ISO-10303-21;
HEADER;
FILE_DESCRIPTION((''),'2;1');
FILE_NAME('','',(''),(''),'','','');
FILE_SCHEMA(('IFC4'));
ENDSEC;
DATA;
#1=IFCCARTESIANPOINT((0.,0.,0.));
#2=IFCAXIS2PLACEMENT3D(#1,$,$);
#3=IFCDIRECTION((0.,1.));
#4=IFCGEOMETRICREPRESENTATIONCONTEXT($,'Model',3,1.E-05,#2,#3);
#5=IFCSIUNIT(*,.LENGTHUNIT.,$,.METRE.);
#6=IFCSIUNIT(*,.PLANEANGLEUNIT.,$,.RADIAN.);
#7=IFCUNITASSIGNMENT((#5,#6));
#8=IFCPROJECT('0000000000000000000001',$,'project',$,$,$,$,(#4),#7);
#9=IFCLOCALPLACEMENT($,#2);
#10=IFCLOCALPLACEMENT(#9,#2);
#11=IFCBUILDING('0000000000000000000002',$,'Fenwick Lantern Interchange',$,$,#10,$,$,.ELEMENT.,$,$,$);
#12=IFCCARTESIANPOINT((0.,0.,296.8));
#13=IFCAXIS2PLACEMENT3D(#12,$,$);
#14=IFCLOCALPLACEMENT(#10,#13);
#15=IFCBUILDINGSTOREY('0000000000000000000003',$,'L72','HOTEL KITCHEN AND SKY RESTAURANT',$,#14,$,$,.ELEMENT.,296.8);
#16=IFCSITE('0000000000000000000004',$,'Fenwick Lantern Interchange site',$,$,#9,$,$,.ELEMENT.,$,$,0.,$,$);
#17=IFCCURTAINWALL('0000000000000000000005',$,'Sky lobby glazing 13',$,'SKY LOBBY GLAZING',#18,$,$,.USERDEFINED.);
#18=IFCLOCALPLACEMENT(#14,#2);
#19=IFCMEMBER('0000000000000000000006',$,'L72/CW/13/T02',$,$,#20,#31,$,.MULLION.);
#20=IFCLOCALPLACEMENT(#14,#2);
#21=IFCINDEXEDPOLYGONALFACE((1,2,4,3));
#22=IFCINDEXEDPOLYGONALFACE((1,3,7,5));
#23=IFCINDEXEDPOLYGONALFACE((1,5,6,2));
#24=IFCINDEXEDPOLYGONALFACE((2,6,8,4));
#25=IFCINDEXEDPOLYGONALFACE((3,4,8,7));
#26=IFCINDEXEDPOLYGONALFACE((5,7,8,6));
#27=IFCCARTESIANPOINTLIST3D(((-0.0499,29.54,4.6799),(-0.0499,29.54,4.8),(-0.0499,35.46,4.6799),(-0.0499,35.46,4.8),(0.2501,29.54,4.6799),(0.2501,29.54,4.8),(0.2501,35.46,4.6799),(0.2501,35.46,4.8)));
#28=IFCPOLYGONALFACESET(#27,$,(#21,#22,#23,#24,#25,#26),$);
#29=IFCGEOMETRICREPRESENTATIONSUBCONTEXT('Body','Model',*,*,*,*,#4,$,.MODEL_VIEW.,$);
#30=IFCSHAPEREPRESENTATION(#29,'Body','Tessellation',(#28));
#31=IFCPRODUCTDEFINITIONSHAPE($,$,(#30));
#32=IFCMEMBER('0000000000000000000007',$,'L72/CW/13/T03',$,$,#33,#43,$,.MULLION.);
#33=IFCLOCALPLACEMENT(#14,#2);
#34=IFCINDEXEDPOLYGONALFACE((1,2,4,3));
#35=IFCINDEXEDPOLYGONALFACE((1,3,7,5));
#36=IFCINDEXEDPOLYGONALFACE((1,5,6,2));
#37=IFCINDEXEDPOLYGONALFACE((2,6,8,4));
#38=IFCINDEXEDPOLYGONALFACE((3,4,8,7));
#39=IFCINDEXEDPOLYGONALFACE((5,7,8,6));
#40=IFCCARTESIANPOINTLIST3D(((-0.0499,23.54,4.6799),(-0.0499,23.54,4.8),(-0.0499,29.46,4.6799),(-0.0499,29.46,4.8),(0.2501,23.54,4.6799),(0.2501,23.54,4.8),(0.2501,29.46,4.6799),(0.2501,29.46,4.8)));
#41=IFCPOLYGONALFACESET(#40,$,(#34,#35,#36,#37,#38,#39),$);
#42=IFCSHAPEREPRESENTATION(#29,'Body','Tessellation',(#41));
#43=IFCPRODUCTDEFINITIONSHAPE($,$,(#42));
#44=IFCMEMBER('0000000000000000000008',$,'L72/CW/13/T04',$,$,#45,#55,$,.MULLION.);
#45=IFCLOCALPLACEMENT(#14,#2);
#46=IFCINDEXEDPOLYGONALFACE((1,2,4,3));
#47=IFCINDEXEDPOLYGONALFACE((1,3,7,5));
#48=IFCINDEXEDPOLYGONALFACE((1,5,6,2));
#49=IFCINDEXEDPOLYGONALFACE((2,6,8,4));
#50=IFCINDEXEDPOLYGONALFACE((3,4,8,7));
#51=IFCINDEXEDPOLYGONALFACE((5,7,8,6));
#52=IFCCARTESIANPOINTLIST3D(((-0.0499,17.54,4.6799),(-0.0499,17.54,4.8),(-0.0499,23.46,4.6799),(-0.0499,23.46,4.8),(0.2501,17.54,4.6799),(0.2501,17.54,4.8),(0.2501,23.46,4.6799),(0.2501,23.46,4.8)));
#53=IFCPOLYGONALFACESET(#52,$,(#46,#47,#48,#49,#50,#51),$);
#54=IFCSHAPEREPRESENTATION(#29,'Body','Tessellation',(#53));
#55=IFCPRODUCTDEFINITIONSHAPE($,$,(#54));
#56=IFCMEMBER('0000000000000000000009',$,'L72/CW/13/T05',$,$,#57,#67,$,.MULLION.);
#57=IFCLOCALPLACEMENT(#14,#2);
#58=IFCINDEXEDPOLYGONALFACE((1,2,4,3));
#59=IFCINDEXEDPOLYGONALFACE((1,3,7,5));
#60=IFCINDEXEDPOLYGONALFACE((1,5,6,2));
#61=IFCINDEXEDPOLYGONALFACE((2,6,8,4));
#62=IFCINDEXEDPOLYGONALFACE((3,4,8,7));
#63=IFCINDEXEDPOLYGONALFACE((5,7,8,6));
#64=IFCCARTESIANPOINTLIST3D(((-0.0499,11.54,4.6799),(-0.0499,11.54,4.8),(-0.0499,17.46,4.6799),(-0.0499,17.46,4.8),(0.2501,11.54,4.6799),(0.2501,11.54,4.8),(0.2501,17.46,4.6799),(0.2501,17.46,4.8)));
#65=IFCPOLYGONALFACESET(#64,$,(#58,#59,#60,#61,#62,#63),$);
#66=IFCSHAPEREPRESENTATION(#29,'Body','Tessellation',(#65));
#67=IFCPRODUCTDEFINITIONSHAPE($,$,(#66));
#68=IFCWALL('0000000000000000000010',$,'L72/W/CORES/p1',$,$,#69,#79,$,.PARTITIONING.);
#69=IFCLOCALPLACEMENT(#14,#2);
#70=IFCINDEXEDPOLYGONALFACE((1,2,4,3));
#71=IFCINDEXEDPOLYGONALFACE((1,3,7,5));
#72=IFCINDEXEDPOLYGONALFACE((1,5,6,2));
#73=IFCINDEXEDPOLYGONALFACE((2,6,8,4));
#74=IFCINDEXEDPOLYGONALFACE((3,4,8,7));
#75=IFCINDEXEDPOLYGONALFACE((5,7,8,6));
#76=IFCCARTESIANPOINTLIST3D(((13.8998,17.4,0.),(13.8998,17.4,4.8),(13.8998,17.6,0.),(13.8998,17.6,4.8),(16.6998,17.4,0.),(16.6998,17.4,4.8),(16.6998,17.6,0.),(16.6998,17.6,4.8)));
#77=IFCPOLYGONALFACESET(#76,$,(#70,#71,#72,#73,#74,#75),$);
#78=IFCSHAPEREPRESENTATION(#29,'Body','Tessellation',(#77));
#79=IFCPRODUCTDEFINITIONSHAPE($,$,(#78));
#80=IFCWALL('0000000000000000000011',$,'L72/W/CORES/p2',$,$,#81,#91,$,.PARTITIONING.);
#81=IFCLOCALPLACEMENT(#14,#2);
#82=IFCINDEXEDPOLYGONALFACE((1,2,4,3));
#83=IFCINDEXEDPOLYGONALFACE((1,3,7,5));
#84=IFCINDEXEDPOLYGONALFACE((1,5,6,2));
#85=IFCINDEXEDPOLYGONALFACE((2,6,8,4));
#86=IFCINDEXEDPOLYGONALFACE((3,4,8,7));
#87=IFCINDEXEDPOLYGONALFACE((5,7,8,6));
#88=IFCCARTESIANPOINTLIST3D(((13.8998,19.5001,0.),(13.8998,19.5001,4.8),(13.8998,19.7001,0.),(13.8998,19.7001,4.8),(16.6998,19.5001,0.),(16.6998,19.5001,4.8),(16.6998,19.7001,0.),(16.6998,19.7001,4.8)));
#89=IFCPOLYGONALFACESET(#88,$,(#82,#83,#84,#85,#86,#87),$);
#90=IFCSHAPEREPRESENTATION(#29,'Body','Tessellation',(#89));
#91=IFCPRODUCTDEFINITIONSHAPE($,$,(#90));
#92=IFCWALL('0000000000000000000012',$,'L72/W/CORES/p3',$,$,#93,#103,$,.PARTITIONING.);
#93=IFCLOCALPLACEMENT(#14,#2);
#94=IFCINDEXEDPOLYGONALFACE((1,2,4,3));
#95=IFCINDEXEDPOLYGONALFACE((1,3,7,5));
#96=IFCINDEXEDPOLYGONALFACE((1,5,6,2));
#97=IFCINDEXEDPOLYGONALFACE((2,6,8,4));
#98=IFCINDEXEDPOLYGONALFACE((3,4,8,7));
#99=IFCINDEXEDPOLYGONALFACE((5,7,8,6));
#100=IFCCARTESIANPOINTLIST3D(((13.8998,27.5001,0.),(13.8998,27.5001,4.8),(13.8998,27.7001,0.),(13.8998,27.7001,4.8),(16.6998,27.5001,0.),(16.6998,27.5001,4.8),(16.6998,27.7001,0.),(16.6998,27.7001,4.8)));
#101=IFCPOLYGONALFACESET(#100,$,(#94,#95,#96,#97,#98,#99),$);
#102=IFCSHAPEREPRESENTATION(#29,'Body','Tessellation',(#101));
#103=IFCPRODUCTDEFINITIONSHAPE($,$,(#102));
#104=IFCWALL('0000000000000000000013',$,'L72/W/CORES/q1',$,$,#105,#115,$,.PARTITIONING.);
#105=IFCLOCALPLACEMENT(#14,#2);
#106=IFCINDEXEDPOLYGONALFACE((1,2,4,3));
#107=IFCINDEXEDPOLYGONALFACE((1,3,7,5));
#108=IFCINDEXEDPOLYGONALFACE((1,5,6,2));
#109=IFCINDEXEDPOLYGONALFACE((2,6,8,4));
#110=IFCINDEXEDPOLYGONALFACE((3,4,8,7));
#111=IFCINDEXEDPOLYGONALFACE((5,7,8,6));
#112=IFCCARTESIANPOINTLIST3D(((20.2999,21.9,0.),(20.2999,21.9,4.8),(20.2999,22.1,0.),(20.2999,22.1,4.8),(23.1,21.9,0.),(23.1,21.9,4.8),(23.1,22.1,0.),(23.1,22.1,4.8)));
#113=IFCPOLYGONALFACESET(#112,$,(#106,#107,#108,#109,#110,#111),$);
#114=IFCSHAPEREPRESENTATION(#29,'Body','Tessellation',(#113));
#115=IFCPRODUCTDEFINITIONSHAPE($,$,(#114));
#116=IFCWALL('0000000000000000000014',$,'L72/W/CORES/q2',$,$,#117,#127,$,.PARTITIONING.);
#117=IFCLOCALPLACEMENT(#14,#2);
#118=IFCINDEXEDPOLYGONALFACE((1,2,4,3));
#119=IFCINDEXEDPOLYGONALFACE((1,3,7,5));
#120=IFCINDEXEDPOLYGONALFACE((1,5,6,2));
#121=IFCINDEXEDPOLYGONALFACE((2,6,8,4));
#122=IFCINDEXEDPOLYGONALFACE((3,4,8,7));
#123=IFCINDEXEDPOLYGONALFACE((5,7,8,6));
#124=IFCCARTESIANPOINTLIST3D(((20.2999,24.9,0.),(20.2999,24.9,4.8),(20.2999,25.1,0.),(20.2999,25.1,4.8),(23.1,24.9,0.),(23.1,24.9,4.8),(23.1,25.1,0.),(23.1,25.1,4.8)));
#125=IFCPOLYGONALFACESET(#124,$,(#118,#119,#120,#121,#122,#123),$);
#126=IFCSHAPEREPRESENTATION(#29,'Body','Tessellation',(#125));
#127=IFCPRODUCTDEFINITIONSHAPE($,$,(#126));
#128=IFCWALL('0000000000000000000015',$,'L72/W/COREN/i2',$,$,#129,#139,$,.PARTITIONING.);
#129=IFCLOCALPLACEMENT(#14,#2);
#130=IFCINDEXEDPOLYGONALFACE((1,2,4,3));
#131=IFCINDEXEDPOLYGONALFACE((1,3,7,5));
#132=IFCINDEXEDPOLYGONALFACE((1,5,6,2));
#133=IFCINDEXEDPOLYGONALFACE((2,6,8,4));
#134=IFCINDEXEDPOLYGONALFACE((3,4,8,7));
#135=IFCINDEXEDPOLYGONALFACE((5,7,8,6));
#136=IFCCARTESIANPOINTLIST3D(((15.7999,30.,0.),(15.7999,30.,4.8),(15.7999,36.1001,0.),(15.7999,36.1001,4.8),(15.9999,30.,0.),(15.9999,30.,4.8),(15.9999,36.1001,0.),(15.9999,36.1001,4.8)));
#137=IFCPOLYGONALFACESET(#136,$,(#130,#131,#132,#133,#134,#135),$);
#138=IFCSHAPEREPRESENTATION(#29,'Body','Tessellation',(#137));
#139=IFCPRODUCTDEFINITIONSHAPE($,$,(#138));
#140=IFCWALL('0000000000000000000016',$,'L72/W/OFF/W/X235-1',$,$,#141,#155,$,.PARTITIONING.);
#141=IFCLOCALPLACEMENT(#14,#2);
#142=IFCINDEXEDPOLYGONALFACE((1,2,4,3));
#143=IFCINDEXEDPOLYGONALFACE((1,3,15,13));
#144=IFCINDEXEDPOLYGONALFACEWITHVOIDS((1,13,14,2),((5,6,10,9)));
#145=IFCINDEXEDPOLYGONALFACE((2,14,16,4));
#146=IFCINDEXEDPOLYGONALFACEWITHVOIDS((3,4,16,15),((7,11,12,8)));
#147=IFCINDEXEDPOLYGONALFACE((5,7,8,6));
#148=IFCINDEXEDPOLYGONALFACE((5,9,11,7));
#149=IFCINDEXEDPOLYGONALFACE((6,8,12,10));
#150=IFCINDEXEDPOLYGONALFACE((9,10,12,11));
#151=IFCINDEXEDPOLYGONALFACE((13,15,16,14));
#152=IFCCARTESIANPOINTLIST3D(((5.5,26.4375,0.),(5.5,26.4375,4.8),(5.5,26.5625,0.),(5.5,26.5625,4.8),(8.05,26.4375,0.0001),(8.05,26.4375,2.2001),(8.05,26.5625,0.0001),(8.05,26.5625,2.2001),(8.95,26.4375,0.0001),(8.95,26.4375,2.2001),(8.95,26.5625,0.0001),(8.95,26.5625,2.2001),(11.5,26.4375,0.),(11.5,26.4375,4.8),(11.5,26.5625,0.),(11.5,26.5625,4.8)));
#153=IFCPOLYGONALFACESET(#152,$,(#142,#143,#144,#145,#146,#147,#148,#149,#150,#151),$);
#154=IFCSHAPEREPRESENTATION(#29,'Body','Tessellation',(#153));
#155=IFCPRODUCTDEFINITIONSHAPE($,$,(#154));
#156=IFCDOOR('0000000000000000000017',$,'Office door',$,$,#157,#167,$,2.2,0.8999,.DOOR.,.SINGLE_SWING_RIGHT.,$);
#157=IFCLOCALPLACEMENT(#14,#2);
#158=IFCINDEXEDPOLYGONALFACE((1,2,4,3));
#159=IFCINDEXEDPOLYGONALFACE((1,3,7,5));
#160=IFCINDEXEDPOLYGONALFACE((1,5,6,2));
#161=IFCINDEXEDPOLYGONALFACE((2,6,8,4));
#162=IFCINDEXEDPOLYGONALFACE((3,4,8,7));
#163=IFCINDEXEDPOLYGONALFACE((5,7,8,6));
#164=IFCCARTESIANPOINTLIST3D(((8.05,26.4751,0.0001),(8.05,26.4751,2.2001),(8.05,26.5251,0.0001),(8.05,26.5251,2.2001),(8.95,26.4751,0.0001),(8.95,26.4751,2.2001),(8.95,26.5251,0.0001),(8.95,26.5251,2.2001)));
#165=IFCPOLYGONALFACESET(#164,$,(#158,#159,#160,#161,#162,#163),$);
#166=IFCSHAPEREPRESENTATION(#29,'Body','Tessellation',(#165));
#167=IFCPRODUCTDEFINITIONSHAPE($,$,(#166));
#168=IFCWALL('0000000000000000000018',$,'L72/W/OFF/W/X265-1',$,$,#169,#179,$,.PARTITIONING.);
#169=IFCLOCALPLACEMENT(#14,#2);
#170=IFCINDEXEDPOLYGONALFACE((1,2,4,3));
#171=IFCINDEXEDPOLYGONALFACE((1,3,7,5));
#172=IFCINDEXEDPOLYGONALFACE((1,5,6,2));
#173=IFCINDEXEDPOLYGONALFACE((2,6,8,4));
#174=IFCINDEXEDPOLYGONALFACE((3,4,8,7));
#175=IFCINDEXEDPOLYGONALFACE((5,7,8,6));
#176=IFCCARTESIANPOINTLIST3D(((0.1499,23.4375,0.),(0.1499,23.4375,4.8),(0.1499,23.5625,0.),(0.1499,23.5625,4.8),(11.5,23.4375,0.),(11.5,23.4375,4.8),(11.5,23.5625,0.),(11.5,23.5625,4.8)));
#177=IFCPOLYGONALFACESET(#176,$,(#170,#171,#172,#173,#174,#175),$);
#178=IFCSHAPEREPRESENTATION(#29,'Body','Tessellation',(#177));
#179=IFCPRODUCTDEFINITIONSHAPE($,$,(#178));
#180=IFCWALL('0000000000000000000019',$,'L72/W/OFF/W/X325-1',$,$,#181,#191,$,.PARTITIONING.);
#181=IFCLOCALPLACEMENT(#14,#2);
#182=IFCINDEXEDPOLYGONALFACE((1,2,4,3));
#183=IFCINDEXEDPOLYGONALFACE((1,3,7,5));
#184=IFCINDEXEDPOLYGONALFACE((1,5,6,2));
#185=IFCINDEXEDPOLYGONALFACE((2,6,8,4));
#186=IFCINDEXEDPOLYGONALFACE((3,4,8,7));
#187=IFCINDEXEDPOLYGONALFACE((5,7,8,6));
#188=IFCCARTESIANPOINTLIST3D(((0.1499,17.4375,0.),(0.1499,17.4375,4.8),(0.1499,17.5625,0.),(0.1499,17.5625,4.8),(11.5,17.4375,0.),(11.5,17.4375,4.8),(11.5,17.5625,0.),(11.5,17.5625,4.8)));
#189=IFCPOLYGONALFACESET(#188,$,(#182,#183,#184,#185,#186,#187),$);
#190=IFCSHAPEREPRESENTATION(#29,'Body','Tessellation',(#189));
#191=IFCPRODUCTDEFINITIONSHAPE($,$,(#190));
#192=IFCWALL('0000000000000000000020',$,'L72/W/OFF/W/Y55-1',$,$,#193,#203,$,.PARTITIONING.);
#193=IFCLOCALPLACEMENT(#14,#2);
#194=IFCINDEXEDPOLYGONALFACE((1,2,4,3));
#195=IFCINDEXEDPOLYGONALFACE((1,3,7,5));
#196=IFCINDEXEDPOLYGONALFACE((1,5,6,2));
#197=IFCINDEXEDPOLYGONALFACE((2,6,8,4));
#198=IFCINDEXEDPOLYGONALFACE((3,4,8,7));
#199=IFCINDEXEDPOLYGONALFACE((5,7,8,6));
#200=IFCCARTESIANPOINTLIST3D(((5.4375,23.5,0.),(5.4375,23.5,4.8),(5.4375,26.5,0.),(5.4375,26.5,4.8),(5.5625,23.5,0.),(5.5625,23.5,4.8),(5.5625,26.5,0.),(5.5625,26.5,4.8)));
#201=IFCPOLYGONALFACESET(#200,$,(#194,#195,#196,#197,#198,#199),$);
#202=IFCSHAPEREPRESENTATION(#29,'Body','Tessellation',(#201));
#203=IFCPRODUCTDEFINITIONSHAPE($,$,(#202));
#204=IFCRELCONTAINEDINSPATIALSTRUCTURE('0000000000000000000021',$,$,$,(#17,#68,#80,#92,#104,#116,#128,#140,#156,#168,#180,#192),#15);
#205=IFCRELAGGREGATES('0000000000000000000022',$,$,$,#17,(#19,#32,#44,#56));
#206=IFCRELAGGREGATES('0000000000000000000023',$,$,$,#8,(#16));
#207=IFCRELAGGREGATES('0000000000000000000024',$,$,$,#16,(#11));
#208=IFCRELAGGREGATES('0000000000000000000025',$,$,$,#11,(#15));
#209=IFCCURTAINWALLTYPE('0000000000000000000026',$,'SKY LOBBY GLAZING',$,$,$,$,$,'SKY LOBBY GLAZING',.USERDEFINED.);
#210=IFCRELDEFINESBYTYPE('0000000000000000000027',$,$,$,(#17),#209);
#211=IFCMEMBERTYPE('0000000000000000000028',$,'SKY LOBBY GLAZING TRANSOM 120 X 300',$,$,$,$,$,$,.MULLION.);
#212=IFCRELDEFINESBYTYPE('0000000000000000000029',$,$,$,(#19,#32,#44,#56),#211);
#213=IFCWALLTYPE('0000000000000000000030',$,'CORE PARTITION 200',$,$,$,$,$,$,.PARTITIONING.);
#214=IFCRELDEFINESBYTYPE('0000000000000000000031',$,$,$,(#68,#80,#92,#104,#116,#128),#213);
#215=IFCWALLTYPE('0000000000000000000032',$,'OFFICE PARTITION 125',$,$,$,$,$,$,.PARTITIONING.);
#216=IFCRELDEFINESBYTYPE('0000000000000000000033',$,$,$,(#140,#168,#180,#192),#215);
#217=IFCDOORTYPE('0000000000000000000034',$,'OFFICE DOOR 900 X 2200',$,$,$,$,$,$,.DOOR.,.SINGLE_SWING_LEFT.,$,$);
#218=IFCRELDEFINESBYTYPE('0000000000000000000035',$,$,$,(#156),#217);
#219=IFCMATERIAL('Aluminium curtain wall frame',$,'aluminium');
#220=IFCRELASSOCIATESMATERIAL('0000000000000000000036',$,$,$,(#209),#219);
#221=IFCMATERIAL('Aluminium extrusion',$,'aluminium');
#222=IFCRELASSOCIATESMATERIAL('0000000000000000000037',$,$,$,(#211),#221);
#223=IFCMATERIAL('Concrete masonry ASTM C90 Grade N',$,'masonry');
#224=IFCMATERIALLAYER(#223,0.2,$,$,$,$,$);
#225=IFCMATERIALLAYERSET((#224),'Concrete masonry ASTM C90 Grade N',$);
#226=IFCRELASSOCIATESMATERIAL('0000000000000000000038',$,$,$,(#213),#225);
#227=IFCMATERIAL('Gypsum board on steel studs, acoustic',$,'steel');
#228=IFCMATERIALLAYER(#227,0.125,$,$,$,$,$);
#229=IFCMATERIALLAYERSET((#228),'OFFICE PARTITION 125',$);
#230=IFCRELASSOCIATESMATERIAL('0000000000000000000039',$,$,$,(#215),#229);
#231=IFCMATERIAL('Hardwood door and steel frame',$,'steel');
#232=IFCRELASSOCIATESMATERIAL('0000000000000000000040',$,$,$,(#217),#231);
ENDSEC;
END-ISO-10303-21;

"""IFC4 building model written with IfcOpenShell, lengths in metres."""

from ifc_helpers import new_model, si_unit, direction, frame, frame_2d, origin, origin_2d, place, context, subcontext, project, spatial, rectangle, extrude, material, layer, layer_set, material_profile, profile_set, type_object, element, fill, aggregate, save


model = new_model("IFC4")

# Units and contexts
model_context = context("Model", 3, precision=1e-05, world=origin(), true_north=direction((0.0, 1.0)))
body_context = subcontext(model_context, "Body", "Model", "MODEL_VIEW")
ifc_project = project(units=[si_unit("LENGTHUNIT", "METRE"), si_unit("PLANEANGLEUNIT", "RADIAN")], contexts=[model_context])

# Site, building, storey
site_placement = place(None, origin())
site = spatial("IfcSite", under=ifc_project, at=site_placement, Name="Fenwick Lantern Interchange site", CompositionType="ELEMENT", RefElevation=0.0)
building_placement = place(site_placement, origin())
building = spatial("IfcBuilding", under=site, at=building_placement, Name="Fenwick Lantern Interchange", CompositionType="ELEMENT")
storey_placement = place(building_placement, frame((0.0, 0.0, 296.8)))
storey = spatial("IfcBuildingStorey", under=building, at=storey_placement, Name="L72", Description="HOTEL KITCHEN AND SKY RESTAURANT", CompositionType="ELEMENT", Elevation=296.8)

# Curtain wall, members
ifc_material_1 = material(Name="Aluminium curtain wall frame", Category="aluminium")
curtain_wall_type = type_object("IfcCurtainWallType", Name="SKY LOBBY GLAZING", ElementType="SKY LOBBY GLAZING", PredefinedType="USERDEFINED", material=ifc_material_1)
curtain_wall_placement = place(storey_placement, origin())
curtain_wall = element("IfcCurtainWall", 1, at=curtain_wall_placement, inside=storey, type_object=curtain_wall_type, Name="Sky lobby glazing 13", ObjectType="SKY LOBBY GLAZING", PredefinedType="USERDEFINED")
ifc_material_2 = material(Name="Aluminium extrusion", Category="aluminium")
ifc_material_profile_1 = material_profile(ifc_material_2, rectangle(XDim=0.3, YDim=0.1201, at=origin_2d()), Name="SKY LOBBY GLAZING TRANSOM 120 X 300")
ifc_profile_set_1 = profile_set([ifc_material_profile_1], Name="Aluminium extrusion")
member_type_1 = type_object("IfcMemberType", Name="SKY LOBBY GLAZING TRANSOM 120 X 300", PredefinedType="MULLION", material=ifc_profile_set_1)
member_1_placement = place(storey_placement, frame((0.1001, 35.46, 4.74), z_axis=(0.0, -1.0, 0.0), x_axis=(1.0, 0.0, 0.0)))
member_1 = element("IfcMember", 2, at=member_1_placement, type_object=member_type_1, Name="L72/CW/13/T02", PredefinedType="MULLION", context=body_context, shape_type="SweptSolid", body=[
    extrude(rectangle(XDim=0.3, YDim=0.1201, at=origin_2d()), origin(), (0.0, 0.0, 1.0), 5.9199),
])
member_2_placement = place(storey_placement, frame((0.1001, 29.46, 4.74), z_axis=(0.0, -1.0, 0.0), x_axis=(1.0, 0.0, 0.0)))
member_2 = element("IfcMember", 3, at=member_2_placement, type_object=member_type_1, Name="L72/CW/13/T03", PredefinedType="MULLION", context=body_context, shape_type="SweptSolid", body=[
    extrude(rectangle(XDim=0.3, YDim=0.1201, at=origin_2d()), origin(), (0.0, 0.0, 1.0), 5.9199),
])
member_3_placement = place(storey_placement, frame((0.1001, 23.46, 4.74), z_axis=(0.0, -1.0, 0.0), x_axis=(1.0, 0.0, 0.0)))
member_3 = element("IfcMember", 4, at=member_3_placement, type_object=member_type_1, Name="L72/CW/13/T04", PredefinedType="MULLION", context=body_context, shape_type="SweptSolid", body=[
    extrude(rectangle(XDim=0.3, YDim=0.1201, at=origin_2d()), origin(), (0.0, 0.0, 1.0), 5.9199),
])
member_4_placement = place(storey_placement, frame((0.1001, 17.46, 4.74), z_axis=(0.0, -1.0, 0.0), x_axis=(1.0, 0.0, 0.0)))
member_4 = element("IfcMember", 5, at=member_4_placement, type_object=member_type_1, Name="L72/CW/13/T05", PredefinedType="MULLION", context=body_context, shape_type="SweptSolid", body=[
    extrude(rectangle(XDim=0.3, YDim=0.1201, at=origin_2d()), origin(), (0.0, 0.0, 1.0), 5.9199),
])
aggregate(curtain_wall, [member_1, member_2, member_3, member_4])

# Walls
ifc_material_3 = material(Name="Concrete masonry ASTM C90 Grade N", Category="masonry")
ifc_layer_1 = layer(ifc_material_3, 0.2)
ifc_layer_set_1 = layer_set([ifc_layer_1], Name="Concrete masonry ASTM C90 Grade N")
wall_type_1 = type_object("IfcWallType", Name="CORE PARTITION 200", PredefinedType="PARTITIONING", material=ifc_layer_set_1)
for number, where, z_axis, x_axis, name in (
    (6, (13.8999, 17.5, 0.0), (0.0, 0.0, 1.0), (1.0, 0.0, 0.0), "L72/W/CORES/p1"),
    (7, (13.8999, 19.6001, 0.0), (0.0, 0.0, 1.0), (1.0, 0.0, 0.0), "L72/W/CORES/p2"),
    (8, (13.8999, 27.6001, 0.0), (0.0, 0.0, 1.0), (1.0, 0.0, 0.0), "L72/W/CORES/p3"),
    (9, (20.3, 22.0, 0.0), (0.0, 0.0, 1.0), (1.0, 0.0, 0.0), "L72/W/CORES/q1"),
    (10, (20.3, 25.0, 0.0), (0.0, 0.0, 1.0), (1.0, 0.0, 0.0), "L72/W/CORES/q2"),
):
    element("IfcWall", number, at=place(storey_placement, frame(where, z_axis=z_axis, x_axis=x_axis)), inside=storey, type_object=wall_type_1, Name=name, PredefinedType="PARTITIONING", context=body_context, shape_type="SweptSolid", body=[
        extrude(rectangle(XDim=2.8, YDim=0.2, at=frame_2d((1.3999, 0.0))), origin(), (0.0, 0.0, 1.0), 4.8),
    ])
wall_1_placement = place(storey_placement, frame((15.8999, 36.1001, 0.0), z_axis=(0.0, 0.0, 1.0), x_axis=(0.0, -1.0, 0.0)))
element("IfcWall", 11, at=wall_1_placement, inside=storey, type_object=wall_type_1, Name="L72/W/COREN/i2", PredefinedType="PARTITIONING", context=body_context, shape_type="SweptSolid", body=[
    extrude(rectangle(XDim=6.1001, YDim=0.2, at=frame_2d((3.05, 0.0))), origin(), (0.0, 0.0, 1.0), 4.8),
])

# Shared definitions
ifc_material_4 = material(Name="Hardwood door and steel frame", Category="steel")

# Wall, opening, door
ifc_material_5 = material(Name="Gypsum board on steel studs, acoustic", Category="steel")
ifc_layer_2 = layer(ifc_material_5, 0.125)
ifc_layer_set_2 = layer_set([ifc_layer_2], Name="OFFICE PARTITION 125")
wall_type_2 = type_object("IfcWallType", Name="OFFICE PARTITION 125", PredefinedType="PARTITIONING", material=ifc_layer_set_2)
wall_2_placement = place(storey_placement, frame((5.5, 26.5, 0.0), z_axis=(0.0, 0.0, 1.0), x_axis=(1.0, 0.0, 0.0)))
wall_2 = element("IfcWall", 12, at=wall_2_placement, inside=storey, type_object=wall_type_2, Name="L72/W/OFF/W/X235-1", PredefinedType="PARTITIONING", context=body_context, shape_type="SweptSolid", body=[
    extrude(rectangle(XDim=6.0, YDim=0.125, at=frame_2d((3.0, 0.0))), origin(), (0.0, 0.0, 1.0), 4.8),
])
opening_1_placement = place(wall_2_placement, frame((2.55, 0.0, 0.0)))
opening_1 = element("IfcOpeningElement", 13, at=opening_1_placement, cuts=wall_2, PredefinedType="OPENING", context=body_context, shape_type="SweptSolid", body=[
    extrude(rectangle(XDim=0.8999, YDim=2.2, at=frame_2d((0.45, 1.1001))), frame((0.0, 0.0725, 0.0), z_axis=(0.0, -1.0, 0.0), x_axis=(1.0, 0.0, 0.0)), (0.0, 0.0, 1.0), 0.145),
])
door_type_1 = type_object("IfcDoorType", Name="OFFICE DOOR 900 X 2200", OperationType="SINGLE_SWING_LEFT", PredefinedType="DOOR", material=ifc_material_4)
door_1_placement = place(opening_1_placement, frame((0.8999, 0.0, 0.0), z_axis=(0.0, 0.0, 1.0), x_axis=(-1.0, 0.0, 0.0)))
door_1 = element("IfcDoor", 14, at=door_1_placement, inside=storey, type_object=door_type_1, Name="Office door", OperationType="SINGLE_SWING_RIGHT", OverallHeight=2.2, OverallWidth=0.8999, PredefinedType="DOOR", context=body_context, shape_type="SweptSolid", body=[
    extrude(rectangle(XDim=0.8999, YDim=2.2, at=frame_2d((0.45, 1.1001))), frame((0.0, 0.0249, 0.0), z_axis=(0.0, -1.0, 0.0), x_axis=(1.0, 0.0, 0.0)), (0.0, 0.0, 1.0), 0.05),
])
fill(opening_1, door_1)

# Walls
for number, where, z_axis, x_axis, name in (
    (15, (0.1499, 23.5, 0.0), (0.0, 0.0, 1.0), (1.0, 0.0, 0.0), "L72/W/OFF/W/X265-1"),
    (16, (0.1499, 17.5, 0.0), (0.0, 0.0, 1.0), (1.0, 0.0, 0.0), "L72/W/OFF/W/X325-1"),
):
    element("IfcWall", number, at=place(storey_placement, frame(where, z_axis=z_axis, x_axis=x_axis)), inside=storey, type_object=wall_type_2, Name=name, PredefinedType="PARTITIONING", context=body_context, shape_type="SweptSolid", body=[
        extrude(rectangle(XDim=11.3501, YDim=0.125, at=frame_2d((5.675, 0.0))), origin(), (0.0, 0.0, 1.0), 4.8),
    ])
wall_3_placement = place(storey_placement, frame((5.5, 26.5, 0.0), z_axis=(0.0, 0.0, 1.0), x_axis=(0.0, -1.0, 0.0)))
element("IfcWall", 17, at=wall_3_placement, inside=storey, type_object=wall_type_2, Name="L72/W/OFF/W/Y55-1", PredefinedType="PARTITIONING", context=body_context, shape_type="SweptSolid", body=[
    extrude(rectangle(XDim=3.0, YDim=0.125, at=frame_2d((1.5, 0.0))), origin(), (0.0, 0.0, 1.0), 4.8),
])

save(model, "model.ifc")
